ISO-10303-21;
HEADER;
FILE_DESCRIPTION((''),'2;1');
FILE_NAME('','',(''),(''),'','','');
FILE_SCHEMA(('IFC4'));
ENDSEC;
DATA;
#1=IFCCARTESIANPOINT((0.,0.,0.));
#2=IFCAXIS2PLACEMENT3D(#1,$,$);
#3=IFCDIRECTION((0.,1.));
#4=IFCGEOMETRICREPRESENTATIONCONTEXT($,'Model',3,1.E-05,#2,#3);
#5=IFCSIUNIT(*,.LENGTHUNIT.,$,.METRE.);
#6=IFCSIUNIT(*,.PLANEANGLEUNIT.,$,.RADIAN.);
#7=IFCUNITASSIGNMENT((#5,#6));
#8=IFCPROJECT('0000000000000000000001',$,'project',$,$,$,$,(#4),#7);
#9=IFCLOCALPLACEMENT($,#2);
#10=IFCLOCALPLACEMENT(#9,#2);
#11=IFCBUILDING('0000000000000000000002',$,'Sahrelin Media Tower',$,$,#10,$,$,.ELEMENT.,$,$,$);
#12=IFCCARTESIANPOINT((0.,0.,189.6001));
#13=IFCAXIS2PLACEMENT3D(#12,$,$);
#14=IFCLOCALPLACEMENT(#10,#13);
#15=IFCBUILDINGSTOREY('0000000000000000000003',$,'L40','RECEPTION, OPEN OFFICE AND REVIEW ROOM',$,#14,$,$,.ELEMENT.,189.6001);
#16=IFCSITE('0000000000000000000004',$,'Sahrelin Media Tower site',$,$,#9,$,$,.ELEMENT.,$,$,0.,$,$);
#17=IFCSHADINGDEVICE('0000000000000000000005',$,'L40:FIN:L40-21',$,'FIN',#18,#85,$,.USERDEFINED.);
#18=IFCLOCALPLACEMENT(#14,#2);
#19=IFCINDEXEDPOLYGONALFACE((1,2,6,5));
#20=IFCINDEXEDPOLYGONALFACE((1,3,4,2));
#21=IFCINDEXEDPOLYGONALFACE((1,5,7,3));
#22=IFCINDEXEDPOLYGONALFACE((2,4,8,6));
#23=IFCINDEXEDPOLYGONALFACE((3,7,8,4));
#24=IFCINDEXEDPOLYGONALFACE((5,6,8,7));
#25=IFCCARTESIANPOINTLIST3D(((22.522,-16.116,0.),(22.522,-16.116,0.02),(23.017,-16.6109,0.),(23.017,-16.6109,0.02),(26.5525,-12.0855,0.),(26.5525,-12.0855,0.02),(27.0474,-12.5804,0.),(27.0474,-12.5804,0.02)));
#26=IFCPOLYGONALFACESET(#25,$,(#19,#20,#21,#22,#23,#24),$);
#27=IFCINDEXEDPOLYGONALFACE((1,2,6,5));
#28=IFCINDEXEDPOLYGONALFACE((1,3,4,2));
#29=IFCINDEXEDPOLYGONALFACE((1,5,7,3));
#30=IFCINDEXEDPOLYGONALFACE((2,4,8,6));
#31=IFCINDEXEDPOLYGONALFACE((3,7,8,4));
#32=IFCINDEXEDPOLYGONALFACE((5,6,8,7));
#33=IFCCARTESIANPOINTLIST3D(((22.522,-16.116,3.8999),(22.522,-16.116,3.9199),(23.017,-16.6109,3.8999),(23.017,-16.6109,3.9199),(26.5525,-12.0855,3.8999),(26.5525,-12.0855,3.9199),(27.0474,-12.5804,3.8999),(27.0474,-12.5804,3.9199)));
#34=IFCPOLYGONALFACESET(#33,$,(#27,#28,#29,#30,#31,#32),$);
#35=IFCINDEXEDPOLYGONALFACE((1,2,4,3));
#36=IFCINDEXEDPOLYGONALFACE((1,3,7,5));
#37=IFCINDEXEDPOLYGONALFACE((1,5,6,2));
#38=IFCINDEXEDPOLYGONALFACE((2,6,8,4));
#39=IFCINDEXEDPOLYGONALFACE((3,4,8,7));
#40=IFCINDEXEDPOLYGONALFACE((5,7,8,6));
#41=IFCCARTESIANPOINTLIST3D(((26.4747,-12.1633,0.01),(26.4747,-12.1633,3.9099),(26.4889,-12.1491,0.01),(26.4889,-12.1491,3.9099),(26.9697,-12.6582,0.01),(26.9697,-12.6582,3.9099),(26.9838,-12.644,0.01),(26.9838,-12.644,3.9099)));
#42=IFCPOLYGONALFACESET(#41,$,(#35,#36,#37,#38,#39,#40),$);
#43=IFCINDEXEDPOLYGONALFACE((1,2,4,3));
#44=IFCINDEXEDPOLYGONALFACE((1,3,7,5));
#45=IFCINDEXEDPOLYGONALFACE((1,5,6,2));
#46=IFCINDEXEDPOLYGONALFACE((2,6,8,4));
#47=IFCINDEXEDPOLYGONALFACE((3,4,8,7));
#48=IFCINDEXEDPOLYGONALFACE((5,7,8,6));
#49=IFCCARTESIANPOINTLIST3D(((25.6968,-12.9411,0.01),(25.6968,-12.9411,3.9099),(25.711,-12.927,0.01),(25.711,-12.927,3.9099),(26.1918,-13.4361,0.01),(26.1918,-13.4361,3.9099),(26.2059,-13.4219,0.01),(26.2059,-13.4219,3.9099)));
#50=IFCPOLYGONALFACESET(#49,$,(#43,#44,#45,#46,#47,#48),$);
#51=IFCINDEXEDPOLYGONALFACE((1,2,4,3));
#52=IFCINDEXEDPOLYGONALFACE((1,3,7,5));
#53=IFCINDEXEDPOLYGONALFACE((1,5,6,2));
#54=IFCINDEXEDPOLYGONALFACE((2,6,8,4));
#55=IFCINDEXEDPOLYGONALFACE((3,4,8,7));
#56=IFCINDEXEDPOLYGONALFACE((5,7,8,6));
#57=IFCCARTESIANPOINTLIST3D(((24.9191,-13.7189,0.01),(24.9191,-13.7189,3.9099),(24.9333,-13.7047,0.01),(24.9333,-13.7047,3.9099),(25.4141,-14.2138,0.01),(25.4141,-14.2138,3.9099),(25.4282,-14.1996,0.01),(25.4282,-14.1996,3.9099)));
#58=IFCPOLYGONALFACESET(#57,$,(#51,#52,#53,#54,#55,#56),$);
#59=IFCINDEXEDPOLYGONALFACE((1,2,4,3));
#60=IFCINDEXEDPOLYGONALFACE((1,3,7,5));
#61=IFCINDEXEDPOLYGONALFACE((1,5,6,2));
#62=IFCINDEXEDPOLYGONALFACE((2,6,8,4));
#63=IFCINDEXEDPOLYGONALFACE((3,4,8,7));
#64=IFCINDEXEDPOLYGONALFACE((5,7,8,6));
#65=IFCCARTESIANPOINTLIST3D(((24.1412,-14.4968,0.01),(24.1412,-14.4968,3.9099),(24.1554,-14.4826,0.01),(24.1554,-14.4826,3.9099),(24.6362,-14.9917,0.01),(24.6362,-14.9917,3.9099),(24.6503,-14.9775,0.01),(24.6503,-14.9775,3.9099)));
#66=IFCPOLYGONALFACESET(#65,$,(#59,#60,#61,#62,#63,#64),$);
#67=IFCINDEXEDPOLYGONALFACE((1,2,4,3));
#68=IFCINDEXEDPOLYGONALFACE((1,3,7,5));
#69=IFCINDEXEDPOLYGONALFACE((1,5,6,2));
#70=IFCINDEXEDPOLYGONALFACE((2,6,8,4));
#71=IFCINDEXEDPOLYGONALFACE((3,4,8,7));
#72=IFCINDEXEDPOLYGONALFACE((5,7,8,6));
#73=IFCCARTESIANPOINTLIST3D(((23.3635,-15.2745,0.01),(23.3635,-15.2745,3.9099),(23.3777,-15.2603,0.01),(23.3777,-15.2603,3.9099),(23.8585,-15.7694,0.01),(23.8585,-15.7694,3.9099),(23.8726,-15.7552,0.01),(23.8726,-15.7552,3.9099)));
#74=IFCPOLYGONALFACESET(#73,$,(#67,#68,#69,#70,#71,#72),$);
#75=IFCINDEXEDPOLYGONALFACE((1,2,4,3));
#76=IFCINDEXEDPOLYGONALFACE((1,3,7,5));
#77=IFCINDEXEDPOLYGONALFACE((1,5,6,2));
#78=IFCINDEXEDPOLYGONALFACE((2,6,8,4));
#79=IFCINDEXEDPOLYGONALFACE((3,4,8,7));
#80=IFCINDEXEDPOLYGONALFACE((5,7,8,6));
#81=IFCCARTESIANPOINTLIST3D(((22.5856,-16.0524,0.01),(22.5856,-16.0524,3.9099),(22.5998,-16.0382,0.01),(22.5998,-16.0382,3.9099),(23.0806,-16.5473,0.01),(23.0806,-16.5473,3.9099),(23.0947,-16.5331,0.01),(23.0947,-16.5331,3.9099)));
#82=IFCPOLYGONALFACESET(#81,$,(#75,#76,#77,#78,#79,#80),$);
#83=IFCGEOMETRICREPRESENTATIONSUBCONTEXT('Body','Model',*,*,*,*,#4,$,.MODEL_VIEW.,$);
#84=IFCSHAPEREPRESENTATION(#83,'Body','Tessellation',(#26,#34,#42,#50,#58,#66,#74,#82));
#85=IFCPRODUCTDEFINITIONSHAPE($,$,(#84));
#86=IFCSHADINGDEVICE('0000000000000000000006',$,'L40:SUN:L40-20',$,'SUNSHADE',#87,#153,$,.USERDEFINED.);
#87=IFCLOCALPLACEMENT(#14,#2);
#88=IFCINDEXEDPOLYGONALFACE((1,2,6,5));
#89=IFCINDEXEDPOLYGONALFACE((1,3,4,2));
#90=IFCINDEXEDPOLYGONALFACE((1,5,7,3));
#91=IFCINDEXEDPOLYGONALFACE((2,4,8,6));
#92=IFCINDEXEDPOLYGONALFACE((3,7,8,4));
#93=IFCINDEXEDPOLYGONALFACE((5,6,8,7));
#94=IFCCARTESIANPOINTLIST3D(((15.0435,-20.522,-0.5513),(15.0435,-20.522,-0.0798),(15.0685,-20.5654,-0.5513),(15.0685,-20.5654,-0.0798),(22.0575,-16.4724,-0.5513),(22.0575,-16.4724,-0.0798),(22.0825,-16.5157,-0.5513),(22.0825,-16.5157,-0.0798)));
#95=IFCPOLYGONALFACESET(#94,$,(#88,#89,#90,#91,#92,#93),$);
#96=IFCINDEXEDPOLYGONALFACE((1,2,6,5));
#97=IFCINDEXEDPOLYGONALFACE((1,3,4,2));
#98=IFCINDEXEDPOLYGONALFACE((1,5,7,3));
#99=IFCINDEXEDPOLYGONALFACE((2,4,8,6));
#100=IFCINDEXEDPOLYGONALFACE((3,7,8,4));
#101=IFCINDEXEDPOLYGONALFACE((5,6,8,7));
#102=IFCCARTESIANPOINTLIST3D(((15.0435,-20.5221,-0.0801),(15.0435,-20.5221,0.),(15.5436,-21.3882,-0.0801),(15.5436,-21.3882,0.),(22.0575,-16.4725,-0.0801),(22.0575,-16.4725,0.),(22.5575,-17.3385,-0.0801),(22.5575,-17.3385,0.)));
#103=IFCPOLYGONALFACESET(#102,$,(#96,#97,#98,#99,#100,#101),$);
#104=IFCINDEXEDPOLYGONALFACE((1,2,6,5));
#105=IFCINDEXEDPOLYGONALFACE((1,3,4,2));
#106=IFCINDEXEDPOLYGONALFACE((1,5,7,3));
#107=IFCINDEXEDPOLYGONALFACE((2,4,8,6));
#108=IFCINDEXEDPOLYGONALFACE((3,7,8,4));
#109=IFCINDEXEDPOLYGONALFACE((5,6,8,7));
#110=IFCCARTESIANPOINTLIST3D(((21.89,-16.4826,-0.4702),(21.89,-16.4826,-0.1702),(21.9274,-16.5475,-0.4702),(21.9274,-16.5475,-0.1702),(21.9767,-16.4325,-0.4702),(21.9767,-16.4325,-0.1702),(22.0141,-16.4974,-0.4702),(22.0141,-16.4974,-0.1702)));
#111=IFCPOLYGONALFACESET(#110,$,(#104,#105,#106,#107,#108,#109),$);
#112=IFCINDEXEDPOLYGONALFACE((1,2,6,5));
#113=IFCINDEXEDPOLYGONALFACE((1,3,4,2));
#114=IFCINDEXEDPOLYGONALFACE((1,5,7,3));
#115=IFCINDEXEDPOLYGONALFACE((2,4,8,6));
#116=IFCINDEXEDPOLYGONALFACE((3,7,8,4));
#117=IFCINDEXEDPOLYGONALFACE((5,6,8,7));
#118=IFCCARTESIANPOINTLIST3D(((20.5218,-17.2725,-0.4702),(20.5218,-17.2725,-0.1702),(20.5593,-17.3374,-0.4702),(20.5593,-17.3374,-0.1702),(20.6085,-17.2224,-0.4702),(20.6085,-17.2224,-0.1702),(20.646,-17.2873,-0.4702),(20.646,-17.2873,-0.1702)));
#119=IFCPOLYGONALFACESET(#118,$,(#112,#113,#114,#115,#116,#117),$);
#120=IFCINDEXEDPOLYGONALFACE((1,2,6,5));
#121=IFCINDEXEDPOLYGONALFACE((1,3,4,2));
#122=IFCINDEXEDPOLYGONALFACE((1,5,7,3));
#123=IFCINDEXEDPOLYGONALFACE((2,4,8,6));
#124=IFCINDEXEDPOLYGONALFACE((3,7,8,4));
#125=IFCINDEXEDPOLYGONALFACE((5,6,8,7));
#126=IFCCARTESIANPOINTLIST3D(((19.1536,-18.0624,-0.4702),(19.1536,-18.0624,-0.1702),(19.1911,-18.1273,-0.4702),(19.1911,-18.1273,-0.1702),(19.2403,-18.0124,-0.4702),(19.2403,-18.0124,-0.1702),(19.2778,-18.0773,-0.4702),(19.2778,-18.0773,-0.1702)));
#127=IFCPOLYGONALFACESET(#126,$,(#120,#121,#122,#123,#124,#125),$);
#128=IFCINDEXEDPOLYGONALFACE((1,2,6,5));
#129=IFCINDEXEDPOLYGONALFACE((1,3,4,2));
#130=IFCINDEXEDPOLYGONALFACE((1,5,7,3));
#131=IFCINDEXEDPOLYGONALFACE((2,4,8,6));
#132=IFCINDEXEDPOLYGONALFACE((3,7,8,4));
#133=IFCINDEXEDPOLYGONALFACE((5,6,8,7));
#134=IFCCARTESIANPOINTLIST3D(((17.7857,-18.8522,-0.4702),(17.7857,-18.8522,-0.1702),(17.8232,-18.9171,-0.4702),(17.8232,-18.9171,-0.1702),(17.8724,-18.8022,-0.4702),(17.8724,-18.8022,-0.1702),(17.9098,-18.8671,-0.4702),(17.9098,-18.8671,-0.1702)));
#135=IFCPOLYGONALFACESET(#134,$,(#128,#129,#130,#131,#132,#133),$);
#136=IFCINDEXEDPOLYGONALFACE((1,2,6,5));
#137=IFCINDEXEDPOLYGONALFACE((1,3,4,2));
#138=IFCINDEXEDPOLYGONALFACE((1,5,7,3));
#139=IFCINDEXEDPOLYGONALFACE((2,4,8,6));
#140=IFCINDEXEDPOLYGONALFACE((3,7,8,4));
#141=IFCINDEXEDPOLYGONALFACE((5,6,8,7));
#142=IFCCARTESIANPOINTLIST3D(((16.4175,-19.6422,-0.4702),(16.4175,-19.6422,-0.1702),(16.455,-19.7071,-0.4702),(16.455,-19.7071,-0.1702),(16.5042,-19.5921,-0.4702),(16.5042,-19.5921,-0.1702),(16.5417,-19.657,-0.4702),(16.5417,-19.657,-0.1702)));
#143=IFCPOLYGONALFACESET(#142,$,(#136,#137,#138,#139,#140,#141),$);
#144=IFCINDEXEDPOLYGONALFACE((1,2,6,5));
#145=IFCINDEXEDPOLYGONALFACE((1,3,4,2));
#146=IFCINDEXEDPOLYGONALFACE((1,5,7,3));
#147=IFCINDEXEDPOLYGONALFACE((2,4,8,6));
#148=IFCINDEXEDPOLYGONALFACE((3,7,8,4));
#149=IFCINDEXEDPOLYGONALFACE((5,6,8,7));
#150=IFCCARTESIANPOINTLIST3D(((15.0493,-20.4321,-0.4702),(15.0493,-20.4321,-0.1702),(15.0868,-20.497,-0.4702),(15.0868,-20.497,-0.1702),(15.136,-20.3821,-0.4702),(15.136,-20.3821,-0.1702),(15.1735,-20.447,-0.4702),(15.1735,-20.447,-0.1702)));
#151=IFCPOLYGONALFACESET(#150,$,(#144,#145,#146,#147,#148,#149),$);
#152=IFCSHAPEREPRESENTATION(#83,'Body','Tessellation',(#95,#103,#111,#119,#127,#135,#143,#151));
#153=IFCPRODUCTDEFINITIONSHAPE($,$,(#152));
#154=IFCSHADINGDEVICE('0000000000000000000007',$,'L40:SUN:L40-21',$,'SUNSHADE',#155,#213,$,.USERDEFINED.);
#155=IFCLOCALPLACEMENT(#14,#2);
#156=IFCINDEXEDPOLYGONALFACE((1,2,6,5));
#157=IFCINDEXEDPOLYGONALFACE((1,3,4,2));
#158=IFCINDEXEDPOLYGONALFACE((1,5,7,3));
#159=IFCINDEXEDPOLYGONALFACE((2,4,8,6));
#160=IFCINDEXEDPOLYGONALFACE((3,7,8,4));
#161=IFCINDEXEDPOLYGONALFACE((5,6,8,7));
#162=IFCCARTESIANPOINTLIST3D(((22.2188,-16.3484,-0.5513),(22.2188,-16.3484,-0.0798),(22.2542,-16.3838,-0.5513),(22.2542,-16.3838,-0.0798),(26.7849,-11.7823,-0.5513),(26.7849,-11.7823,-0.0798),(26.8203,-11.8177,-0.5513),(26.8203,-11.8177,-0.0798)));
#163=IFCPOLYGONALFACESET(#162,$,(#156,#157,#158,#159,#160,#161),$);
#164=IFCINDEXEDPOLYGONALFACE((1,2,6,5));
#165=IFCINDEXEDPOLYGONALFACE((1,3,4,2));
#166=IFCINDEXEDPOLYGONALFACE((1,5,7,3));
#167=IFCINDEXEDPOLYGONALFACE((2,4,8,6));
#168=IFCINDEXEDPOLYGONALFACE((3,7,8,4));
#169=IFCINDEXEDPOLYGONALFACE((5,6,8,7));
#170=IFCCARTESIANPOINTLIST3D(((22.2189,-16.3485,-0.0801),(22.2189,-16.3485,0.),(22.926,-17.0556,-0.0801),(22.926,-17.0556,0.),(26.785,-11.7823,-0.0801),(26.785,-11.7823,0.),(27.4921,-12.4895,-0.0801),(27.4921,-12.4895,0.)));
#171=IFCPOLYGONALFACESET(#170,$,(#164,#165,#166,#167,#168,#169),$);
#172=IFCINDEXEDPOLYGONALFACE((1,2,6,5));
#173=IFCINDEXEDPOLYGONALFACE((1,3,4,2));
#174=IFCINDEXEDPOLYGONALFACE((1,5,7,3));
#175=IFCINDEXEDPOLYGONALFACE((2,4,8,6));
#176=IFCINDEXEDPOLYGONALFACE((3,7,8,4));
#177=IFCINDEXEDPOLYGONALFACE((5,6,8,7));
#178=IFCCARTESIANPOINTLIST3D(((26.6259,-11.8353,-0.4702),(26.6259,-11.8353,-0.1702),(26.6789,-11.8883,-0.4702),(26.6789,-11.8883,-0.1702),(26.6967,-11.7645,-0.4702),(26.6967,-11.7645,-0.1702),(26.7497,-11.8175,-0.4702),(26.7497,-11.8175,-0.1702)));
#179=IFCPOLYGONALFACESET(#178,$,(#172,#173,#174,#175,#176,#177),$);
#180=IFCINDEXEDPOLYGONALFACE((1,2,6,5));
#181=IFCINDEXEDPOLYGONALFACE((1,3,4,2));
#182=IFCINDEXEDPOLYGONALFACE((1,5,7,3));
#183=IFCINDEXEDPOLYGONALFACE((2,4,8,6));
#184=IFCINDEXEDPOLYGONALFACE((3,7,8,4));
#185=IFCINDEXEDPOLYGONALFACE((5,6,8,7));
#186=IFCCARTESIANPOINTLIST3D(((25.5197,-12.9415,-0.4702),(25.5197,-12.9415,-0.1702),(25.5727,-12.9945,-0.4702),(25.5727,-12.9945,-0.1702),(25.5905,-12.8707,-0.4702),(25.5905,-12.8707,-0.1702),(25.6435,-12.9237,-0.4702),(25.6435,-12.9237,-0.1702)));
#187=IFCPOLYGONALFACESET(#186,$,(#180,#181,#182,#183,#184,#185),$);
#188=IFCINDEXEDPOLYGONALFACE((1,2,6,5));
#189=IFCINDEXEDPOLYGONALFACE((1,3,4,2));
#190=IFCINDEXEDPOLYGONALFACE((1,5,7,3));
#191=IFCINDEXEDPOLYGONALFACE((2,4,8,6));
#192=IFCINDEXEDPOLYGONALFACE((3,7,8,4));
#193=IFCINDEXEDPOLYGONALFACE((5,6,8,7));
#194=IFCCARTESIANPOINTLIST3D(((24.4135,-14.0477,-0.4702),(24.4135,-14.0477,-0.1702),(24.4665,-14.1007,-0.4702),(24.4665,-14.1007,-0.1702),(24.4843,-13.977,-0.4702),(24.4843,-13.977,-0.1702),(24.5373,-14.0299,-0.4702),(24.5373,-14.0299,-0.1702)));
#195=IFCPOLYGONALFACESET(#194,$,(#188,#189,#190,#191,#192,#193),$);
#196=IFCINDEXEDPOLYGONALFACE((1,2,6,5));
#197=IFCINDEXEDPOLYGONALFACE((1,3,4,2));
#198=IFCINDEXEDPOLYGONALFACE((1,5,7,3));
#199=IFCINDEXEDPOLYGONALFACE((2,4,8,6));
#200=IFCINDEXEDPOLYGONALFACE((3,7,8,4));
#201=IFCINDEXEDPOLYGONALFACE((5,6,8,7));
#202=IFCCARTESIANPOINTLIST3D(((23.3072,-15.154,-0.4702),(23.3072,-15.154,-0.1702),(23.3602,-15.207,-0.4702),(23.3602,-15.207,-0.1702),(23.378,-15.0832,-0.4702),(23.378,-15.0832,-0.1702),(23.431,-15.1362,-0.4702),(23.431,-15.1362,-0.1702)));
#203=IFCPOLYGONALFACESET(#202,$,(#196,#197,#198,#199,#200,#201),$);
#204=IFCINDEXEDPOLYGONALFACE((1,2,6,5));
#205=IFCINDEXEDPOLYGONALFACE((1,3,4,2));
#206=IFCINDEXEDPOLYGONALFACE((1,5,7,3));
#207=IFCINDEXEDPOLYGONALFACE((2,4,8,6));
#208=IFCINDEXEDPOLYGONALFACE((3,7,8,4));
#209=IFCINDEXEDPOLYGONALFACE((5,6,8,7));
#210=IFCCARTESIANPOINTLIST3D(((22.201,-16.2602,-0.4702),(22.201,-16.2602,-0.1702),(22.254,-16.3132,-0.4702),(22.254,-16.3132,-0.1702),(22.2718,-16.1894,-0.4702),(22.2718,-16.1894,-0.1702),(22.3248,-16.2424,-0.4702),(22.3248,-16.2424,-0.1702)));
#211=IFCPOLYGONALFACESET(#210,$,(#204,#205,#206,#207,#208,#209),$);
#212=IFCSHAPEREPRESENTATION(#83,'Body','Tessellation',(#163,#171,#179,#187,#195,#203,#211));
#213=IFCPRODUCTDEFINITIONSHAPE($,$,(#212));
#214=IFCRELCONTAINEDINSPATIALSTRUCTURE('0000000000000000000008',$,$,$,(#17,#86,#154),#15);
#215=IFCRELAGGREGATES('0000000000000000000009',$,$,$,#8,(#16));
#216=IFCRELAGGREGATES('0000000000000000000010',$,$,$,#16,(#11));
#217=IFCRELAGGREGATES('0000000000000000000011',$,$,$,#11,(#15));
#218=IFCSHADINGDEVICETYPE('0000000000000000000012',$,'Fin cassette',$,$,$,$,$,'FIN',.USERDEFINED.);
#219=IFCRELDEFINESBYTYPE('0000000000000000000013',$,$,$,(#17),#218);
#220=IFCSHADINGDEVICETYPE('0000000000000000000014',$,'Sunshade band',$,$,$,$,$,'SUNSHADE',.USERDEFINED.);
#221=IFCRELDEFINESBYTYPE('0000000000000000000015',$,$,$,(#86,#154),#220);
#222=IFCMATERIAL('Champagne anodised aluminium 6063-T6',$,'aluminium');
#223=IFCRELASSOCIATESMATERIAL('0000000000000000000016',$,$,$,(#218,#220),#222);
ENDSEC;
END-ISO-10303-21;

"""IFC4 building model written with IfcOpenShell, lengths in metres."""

from ifc_helpers import new_model, si_unit, direction, frame, origin, origin_2d, place, context, subcontext, project, spatial, rectangle, extrude, material, type_object, element, save


model = new_model("IFC4")

# Units and contexts
model_context = context("Model", 3, precision=1e-05, world=origin(), true_north=direction((0.0, 1.0)))
body_context = subcontext(model_context, "Body", "Model", "MODEL_VIEW")
ifc_project = project(units=[si_unit("LENGTHUNIT", "METRE"), si_unit("PLANEANGLEUNIT", "RADIAN")], contexts=[model_context])

# Site, building, storey
site_placement = place(None, origin())
site = spatial("IfcSite", under=ifc_project, at=site_placement, Name="Sahrelin Media Tower site", CompositionType="ELEMENT", RefElevation=0.0)
building_placement = place(site_placement, origin())
building = spatial("IfcBuilding", under=site, at=building_placement, Name="Sahrelin Media Tower", CompositionType="ELEMENT")
storey_placement = place(building_placement, frame((0.0, 0.0, 189.6001)))
storey = spatial("IfcBuildingStorey", under=building, at=storey_placement, Name="L40", Description="RECEPTION, OPEN OFFICE AND REVIEW ROOM", CompositionType="ELEMENT", Elevation=189.6001)

# Shared definitions
ifc_material_1 = material(Name="Champagne anodised aluminium 6063-T6", Category="aluminium")

# Shading devices
shading_device_type_1 = type_object("IfcShadingDeviceType", Name="Fin cassette", ElementType="FIN", PredefinedType="USERDEFINED", material=ifc_material_1)
placement_1 = place(storey_placement, frame((18.5405, -18.48, 0.0), z_axis=(0.0, 0.0, 1.0), x_axis=(-0.866019, -0.500011, 0.0)))
placement_2 = place(storey_placement, frame((24.4878, -14.0513, 0.0), z_axis=(0.0, 0.0, 1.0), x_axis=(-0.707107, -0.707107, 0.0)))
element("IfcShadingDevice", 1, at=placement_2, inside=storey, type_object=shading_device_type_1, Name="L40:FIN:L40-21", ObjectType="FIN", PredefinedType="USERDEFINED", context=body_context, shape_type="SweptSolid", body=[
    extrude(rectangle(XDim=5.7, YDim=0.7, at=origin_2d()), frame((0.0, 0.4199, 0.0)), (0.0, 0.0, 1.0), 0.02),
    extrude(rectangle(XDim=5.7, YDim=0.7, at=origin_2d()), frame((0.0, 0.4199, 3.8999)), (0.0, 0.0, 1.0), 0.02),
    extrude(rectangle(XDim=0.02, YDim=0.7, at=origin_2d()), frame((-2.75, 0.4199, 0.01), z_axis=(0.0, 0.0, 1.0), x_axis=(1.0, 0.0, 0.0)), (0.0, 0.0, 1.0), 3.8999),
    extrude(rectangle(XDim=0.02, YDim=0.7, at=origin_2d()), frame((-1.6499, 0.4199, 0.01), z_axis=(0.0, 0.0, 1.0), x_axis=(1.0, 0.0, 0.0)), (0.0, 0.0, 1.0), 3.8999),
    extrude(rectangle(XDim=0.02, YDim=0.7, at=origin_2d()), frame((-0.55, 0.4199, 0.01), z_axis=(0.0, 0.0, 1.0), x_axis=(1.0, 0.0, 0.0)), (0.0, 0.0, 1.0), 3.8999),
    extrude(rectangle(XDim=0.02, YDim=0.7, at=origin_2d()), frame((0.55, 0.4199, 0.01), z_axis=(0.0, 0.0, 1.0), x_axis=(1.0, 0.0, 0.0)), (0.0, 0.0, 1.0), 3.8999),
    extrude(rectangle(XDim=0.02, YDim=0.7, at=origin_2d()), frame((1.6499, 0.4199, 0.01), z_axis=(0.0, 0.0, 1.0), x_axis=(1.0, 0.0, 0.0)), (0.0, 0.0, 1.0), 3.8999),
    extrude(rectangle(XDim=0.02, YDim=0.7, at=origin_2d()), frame((2.75, 0.4199, 0.01), z_axis=(0.0, 0.0, 1.0), x_axis=(1.0, 0.0, 0.0)), (0.0, 0.0, 1.0), 3.8999),
])
shading_device_type_2 = type_object("IfcShadingDeviceType", Name="Sunshade band", ElementType="SUNSHADE", PredefinedType="USERDEFINED", material=ifc_material_1)
element("IfcShadingDevice", 2, at=placement_1, inside=storey, type_object=shading_device_type_2, Name="L40:SUN:L40-20", ObjectType="SUNSHADE", PredefinedType="USERDEFINED", context=body_context, shape_type="SweptSolid", body=[
    extrude(rectangle(XDim=8.0991, YDim=0.05, at=origin_2d()), frame((0.0, 0.0449, -0.5513)), (0.0, 0.0, 1.0), 0.4714),
    extrude(rectangle(XDim=8.0991, YDim=1.0, at=origin_2d()), frame((0.0, 0.52, -0.0801)), (0.0, 0.0, 1.0), 0.0801),
    extrude(rectangle(XDim=0.1001, YDim=0.075, at=origin_2d()), frame((-3.9495, -0.0176, -0.4702)), (0.0, 0.0, 1.0), 0.3),
    extrude(rectangle(XDim=0.1001, YDim=0.075, at=origin_2d()), frame((-2.3696, -0.0176, -0.4702)), (0.0, 0.0, 1.0), 0.3),
    extrude(rectangle(XDim=0.1001, YDim=0.075, at=origin_2d()), frame((-0.7898, -0.0176, -0.4702)), (0.0, 0.0, 1.0), 0.3),
    extrude(rectangle(XDim=0.1001, YDim=0.075, at=origin_2d()), frame((0.7898, -0.0176, -0.4702)), (0.0, 0.0, 1.0), 0.3),
    extrude(rectangle(XDim=0.1001, YDim=0.075, at=origin_2d()), frame((2.3696, -0.0176, -0.4702)), (0.0, 0.0, 1.0), 0.3),
    extrude(rectangle(XDim=0.1001, YDim=0.075, at=origin_2d()), frame((3.9495, -0.0176, -0.4702)), (0.0, 0.0, 1.0), 0.3),
])
element("IfcShadingDevice", 3, at=placement_2, inside=storey, type_object=shading_device_type_2, Name="L40:SUN:L40-21", ObjectType="SUNSHADE", PredefinedType="USERDEFINED", context=body_context, shape_type="SweptSolid", body=[
    extrude(rectangle(XDim=6.4575, YDim=0.05, at=origin_2d()), frame((0.0, 0.0449, -0.5513)), (0.0, 0.0, 1.0), 0.4714),
    extrude(rectangle(XDim=6.4575, YDim=1.0, at=origin_2d()), frame((0.0, 0.52, -0.0801)), (0.0, 0.0, 1.0), 0.0801),
    extrude(rectangle(XDim=0.1001, YDim=0.075, at=origin_2d()), frame((-3.1289, -0.0176, -0.4702)), (0.0, 0.0, 1.0), 0.3),
    extrude(rectangle(XDim=0.1001, YDim=0.075, at=origin_2d()), frame((-1.5645, -0.0176, -0.4702)), (0.0, 0.0, 1.0), 0.3),
    extrude(rectangle(XDim=0.1001, YDim=0.075, at=origin_2d()), frame((0.0, -0.0176, -0.4702)), (0.0, 0.0, 1.0), 0.3),
    extrude(rectangle(XDim=0.1001, YDim=0.075, at=origin_2d()), frame((1.5645, -0.0176, -0.4702)), (0.0, 0.0, 1.0), 0.3),
    extrude(rectangle(XDim=0.1001, YDim=0.075, at=origin_2d()), frame((3.1289, -0.0176, -0.4702)), (0.0, 0.0, 1.0), 0.3),
])

save(model, "model.ifc")
